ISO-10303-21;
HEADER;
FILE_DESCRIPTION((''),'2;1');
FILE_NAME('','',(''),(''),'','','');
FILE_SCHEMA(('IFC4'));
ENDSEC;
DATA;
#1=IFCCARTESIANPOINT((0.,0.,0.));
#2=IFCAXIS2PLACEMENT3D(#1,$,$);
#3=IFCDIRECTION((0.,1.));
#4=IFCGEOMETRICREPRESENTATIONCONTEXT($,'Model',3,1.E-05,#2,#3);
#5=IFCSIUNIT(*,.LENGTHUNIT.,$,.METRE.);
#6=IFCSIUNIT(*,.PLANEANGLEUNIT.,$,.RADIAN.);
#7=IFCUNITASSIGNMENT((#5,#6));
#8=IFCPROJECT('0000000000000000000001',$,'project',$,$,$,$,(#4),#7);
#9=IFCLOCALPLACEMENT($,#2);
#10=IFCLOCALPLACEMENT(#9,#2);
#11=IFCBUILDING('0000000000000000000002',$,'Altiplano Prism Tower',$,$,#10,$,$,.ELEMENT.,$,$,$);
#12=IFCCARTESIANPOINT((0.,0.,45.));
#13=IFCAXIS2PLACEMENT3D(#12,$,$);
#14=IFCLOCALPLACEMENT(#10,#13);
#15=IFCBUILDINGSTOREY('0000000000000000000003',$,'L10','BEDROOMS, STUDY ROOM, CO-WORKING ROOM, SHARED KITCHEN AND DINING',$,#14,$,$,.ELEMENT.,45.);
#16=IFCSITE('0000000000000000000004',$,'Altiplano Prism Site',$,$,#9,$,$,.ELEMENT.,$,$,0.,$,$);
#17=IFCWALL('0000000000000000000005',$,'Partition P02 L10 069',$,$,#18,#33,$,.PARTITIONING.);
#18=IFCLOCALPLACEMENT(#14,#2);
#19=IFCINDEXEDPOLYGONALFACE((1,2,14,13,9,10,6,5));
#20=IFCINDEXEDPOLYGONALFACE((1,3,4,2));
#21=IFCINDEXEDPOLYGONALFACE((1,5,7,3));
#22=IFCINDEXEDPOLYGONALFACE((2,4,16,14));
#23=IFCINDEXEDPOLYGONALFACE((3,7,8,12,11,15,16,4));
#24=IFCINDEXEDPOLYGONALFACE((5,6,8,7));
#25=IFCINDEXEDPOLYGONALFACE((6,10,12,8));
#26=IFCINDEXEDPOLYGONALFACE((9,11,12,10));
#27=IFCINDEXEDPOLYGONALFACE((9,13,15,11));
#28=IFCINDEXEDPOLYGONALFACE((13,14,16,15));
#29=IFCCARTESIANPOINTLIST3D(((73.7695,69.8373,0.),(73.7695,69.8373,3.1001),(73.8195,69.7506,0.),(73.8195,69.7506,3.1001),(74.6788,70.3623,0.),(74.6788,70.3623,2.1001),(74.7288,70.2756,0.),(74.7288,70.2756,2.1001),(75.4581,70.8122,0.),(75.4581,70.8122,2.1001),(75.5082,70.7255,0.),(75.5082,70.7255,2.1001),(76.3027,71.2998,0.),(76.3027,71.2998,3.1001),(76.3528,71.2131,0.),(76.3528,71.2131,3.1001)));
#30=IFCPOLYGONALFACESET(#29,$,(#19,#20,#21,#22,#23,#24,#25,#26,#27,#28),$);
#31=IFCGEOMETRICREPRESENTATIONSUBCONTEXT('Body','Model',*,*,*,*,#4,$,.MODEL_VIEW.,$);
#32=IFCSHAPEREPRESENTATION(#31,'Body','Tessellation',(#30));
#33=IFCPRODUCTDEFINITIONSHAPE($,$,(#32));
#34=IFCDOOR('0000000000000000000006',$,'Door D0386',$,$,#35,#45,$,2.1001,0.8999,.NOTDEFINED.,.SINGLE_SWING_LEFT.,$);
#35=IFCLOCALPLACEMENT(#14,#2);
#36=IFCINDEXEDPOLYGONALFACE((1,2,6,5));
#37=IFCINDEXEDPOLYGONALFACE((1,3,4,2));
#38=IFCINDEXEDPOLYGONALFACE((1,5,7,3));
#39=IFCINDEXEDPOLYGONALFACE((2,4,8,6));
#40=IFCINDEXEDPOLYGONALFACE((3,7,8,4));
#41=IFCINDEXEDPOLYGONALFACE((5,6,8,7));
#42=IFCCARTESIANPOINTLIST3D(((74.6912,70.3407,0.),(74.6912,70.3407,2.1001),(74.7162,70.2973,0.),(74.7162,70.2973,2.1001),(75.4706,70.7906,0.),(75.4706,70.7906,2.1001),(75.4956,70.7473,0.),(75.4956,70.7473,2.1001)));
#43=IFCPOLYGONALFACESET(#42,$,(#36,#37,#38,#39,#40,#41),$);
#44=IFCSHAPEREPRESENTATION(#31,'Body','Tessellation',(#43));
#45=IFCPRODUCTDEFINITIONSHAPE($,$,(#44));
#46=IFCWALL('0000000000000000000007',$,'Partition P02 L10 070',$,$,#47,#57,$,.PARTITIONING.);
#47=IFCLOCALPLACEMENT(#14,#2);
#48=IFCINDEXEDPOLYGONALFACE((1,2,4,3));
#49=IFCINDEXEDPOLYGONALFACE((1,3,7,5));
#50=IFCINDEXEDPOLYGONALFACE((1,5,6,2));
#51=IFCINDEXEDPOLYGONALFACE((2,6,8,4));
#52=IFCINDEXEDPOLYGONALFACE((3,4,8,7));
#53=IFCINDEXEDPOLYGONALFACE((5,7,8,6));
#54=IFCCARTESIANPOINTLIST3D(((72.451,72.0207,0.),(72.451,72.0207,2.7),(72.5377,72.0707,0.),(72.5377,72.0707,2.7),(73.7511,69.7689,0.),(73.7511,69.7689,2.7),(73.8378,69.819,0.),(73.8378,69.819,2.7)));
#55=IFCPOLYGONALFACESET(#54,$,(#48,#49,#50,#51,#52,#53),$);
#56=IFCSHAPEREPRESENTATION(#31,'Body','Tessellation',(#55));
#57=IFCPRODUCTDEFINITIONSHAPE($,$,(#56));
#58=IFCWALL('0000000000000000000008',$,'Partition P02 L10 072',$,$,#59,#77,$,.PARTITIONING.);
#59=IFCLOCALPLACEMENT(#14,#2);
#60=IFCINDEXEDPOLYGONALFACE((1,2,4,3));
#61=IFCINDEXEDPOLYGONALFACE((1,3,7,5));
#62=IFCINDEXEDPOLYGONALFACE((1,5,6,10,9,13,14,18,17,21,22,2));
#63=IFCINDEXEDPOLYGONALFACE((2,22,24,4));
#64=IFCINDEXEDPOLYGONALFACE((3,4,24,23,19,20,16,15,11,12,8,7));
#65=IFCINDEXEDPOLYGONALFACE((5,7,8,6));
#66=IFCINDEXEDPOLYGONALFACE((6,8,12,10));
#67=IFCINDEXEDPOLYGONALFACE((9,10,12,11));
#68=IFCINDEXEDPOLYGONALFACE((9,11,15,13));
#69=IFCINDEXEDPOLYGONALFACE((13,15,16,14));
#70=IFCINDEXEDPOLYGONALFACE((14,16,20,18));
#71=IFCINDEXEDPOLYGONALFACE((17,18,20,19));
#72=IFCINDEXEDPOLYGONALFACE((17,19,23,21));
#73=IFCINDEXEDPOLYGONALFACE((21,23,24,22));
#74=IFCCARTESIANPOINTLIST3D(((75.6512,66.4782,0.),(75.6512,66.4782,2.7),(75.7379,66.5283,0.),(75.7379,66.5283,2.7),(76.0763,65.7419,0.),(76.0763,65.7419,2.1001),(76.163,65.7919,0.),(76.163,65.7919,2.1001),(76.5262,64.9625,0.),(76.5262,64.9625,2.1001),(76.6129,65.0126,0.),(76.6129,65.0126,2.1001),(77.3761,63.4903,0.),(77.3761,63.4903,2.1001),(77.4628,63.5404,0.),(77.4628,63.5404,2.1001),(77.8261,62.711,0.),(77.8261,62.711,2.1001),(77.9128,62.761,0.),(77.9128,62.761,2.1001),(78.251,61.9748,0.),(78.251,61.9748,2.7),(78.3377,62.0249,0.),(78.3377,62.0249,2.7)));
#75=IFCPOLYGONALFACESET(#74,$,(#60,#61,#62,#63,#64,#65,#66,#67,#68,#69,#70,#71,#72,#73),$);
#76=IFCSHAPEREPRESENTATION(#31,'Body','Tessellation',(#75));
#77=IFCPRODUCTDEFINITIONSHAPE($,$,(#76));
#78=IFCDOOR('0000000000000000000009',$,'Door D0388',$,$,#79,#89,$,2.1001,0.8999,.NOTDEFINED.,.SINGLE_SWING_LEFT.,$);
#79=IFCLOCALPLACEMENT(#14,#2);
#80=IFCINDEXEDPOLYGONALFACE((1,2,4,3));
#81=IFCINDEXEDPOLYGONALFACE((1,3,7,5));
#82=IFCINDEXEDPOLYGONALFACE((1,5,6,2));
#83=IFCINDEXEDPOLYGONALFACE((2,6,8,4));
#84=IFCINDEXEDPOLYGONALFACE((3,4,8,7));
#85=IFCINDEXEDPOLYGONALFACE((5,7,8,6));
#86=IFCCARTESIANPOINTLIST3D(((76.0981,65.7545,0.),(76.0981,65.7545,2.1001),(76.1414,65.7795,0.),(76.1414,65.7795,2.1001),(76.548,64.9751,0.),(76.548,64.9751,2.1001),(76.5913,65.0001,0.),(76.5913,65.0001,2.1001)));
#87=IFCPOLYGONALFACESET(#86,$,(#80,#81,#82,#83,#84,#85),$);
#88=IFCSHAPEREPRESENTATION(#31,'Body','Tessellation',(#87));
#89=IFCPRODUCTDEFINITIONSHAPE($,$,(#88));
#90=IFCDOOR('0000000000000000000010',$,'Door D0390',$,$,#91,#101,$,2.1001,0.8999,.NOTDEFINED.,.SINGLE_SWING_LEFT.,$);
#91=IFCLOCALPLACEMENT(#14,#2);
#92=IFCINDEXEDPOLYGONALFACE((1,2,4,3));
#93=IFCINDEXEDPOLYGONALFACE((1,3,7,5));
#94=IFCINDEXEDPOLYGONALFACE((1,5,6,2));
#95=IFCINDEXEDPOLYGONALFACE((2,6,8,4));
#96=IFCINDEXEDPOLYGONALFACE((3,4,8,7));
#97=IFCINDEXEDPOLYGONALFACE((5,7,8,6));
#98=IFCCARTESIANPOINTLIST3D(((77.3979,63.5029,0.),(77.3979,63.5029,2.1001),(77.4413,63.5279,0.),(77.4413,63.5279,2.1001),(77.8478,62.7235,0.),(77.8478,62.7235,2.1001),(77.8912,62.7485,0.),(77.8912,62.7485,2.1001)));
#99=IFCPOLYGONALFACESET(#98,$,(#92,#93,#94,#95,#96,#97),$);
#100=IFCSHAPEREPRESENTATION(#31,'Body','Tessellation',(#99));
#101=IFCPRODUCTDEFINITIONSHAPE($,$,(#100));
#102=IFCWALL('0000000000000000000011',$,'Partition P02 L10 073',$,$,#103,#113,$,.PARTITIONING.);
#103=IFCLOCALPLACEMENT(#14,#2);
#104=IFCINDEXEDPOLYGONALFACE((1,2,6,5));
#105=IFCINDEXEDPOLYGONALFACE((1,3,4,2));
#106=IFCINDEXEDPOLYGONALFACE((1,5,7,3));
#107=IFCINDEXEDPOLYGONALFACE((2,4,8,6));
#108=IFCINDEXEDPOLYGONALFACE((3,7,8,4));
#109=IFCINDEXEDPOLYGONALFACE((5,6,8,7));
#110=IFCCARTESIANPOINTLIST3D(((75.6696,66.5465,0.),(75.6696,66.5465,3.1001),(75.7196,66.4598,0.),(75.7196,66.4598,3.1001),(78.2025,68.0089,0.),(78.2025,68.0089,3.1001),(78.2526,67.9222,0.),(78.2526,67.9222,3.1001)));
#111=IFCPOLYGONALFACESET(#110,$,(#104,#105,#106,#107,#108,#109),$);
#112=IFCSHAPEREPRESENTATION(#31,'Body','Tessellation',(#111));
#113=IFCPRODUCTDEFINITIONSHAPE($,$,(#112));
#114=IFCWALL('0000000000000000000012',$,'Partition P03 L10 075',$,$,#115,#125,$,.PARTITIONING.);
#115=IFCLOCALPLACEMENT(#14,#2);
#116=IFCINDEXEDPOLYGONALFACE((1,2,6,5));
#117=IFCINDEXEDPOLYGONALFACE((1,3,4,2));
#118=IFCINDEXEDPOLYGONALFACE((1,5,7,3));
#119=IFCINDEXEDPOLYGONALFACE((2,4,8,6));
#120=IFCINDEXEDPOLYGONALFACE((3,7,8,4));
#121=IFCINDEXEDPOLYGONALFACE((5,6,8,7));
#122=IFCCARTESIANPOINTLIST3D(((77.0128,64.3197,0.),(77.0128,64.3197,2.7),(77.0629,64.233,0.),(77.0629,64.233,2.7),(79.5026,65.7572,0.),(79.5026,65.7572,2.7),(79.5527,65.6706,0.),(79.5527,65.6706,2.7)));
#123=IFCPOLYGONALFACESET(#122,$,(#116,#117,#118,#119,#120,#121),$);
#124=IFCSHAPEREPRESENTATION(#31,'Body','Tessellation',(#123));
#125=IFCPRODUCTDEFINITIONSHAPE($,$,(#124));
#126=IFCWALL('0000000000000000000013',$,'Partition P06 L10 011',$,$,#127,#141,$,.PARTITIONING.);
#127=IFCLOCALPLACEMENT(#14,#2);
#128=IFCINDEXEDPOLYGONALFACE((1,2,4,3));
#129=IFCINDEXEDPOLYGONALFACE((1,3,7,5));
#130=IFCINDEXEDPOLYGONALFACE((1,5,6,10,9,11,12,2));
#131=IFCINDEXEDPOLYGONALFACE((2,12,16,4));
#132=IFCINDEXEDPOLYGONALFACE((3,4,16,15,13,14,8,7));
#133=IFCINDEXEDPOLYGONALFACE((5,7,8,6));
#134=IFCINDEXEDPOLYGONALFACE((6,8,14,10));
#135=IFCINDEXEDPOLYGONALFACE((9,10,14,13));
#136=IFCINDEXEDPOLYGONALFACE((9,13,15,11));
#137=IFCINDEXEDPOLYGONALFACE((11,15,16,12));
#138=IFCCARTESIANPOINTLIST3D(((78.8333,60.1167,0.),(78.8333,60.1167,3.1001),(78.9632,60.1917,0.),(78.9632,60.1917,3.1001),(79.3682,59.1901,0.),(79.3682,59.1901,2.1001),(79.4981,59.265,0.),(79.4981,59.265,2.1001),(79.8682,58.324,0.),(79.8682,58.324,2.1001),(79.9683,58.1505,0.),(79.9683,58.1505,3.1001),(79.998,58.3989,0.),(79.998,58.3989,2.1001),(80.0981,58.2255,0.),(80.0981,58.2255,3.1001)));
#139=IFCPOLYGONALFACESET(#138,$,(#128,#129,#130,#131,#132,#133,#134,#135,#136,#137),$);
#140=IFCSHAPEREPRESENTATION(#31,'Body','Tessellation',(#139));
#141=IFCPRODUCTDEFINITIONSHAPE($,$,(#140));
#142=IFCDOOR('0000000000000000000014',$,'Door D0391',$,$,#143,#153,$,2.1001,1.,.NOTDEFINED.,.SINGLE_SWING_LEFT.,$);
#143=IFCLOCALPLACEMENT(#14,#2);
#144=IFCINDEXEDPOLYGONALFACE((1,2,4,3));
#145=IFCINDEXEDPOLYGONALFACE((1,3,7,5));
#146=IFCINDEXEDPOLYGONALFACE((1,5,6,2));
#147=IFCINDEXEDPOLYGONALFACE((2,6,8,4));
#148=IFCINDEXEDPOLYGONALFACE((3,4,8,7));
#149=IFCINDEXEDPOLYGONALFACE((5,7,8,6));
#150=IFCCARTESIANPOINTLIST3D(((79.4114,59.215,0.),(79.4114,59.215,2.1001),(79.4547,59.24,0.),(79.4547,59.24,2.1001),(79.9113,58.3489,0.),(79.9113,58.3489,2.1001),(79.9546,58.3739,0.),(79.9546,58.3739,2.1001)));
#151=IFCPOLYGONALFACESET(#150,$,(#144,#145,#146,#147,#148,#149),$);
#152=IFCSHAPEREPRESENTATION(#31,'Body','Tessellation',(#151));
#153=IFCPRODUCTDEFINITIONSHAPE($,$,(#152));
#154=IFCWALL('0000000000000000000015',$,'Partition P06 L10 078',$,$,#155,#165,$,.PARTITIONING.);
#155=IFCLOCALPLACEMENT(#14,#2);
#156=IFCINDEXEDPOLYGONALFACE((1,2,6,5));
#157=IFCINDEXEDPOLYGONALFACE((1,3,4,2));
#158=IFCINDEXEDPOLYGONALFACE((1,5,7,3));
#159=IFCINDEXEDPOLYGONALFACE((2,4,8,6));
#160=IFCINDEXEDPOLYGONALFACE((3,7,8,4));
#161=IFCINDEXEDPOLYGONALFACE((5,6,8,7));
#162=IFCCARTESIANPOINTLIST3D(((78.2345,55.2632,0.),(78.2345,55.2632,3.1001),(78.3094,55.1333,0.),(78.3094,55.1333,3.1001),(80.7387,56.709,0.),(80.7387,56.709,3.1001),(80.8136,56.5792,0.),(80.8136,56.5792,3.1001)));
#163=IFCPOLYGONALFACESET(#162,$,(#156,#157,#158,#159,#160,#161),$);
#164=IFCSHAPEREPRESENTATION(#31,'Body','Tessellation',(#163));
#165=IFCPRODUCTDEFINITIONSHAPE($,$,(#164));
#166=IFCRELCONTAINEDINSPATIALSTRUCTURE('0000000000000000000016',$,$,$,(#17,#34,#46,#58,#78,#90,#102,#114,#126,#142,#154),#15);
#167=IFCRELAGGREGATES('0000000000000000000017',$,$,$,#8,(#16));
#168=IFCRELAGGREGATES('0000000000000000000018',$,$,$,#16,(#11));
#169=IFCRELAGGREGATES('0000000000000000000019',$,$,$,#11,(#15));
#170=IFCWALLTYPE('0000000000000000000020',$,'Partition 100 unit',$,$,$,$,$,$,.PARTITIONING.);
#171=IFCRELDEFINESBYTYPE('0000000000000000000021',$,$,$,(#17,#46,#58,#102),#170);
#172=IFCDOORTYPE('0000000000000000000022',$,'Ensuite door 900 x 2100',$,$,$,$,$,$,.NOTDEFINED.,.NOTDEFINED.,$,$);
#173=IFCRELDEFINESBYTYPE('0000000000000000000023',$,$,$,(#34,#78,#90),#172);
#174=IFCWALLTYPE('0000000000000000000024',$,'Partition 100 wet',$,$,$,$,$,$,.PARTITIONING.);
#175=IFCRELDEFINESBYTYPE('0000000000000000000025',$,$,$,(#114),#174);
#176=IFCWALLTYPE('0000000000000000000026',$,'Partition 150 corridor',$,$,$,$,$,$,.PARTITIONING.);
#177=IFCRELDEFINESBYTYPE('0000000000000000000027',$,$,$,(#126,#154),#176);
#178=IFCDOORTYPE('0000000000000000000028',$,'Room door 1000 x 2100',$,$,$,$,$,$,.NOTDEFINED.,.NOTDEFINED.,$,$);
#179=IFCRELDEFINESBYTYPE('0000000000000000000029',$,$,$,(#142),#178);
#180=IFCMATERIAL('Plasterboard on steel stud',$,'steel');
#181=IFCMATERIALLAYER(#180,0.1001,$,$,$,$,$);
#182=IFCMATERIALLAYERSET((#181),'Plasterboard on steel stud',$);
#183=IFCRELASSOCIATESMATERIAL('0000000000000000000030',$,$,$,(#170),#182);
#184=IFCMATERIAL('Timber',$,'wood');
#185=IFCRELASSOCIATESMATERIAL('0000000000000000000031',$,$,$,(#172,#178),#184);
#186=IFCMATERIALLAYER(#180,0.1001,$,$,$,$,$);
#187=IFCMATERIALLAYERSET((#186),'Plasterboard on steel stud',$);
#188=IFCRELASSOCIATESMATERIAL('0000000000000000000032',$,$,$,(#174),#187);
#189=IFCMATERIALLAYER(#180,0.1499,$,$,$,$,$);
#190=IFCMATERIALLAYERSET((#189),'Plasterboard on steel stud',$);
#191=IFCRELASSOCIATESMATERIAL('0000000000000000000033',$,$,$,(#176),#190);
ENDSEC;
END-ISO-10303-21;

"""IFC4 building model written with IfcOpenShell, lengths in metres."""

from ifc_helpers import new_model, si_unit, direction, frame, frame_2d, origin, place, context, subcontext, project, spatial, rectangle, extrude, material, layer, layer_set, type_object, element, fill, save


model = new_model("IFC4")

# Units and contexts
model_context = context("Model", 3, precision=1e-05, world=origin(), true_north=direction((0.0, 1.0)))
body_context = subcontext(model_context, "Body", "Model", "MODEL_VIEW")
ifc_project = project(units=[si_unit("LENGTHUNIT", "METRE"), si_unit("PLANEANGLEUNIT", "RADIAN")], contexts=[model_context])

# Site, building, storey
site_placement = place(None, origin())
site = spatial("IfcSite", under=ifc_project, at=site_placement, Name="Altiplano Prism Site", CompositionType="ELEMENT", RefElevation=0.0)
building_placement = place(site_placement, origin())
building = spatial("IfcBuilding", under=site, at=building_placement, Name="Altiplano Prism Tower", CompositionType="ELEMENT")
storey_placement = place(building_placement, frame((0.0, 0.0, 45.0)))
storey = spatial("IfcBuildingStorey", under=building, at=storey_placement, Name="L10", Description="BEDROOMS, STUDY ROOM, CO-WORKING ROOM, SHARED KITCHEN AND DINING", CompositionType="ELEMENT", Elevation=45.0)

# Shared definitions
ifc_material_1 = material(Name="Plasterboard on steel stud", Category="steel")
ifc_layer_1 = layer(ifc_material_1, 0.1001)
ifc_layer_set_1 = layer_set([ifc_layer_1], Name="Plasterboard on steel stud")
wall_type_1 = type_object("IfcWallType", Name="Partition 100 unit", PredefinedType="PARTITIONING", material=ifc_layer_set_1)

# Wall, opening, door
wall_1_placement = place(storey_placement, frame((76.3276, 71.2563, 0.0), z_axis=(0.0, 0.0, 1.0), x_axis=(-0.866047, -0.499963, 0.0)))
wall_1 = element("IfcWall", 1, at=wall_1_placement, inside=storey, type_object=wall_type_1, Name="Partition P02 L10 069", PredefinedType="PARTITIONING", context=body_context, shape_type="SweptSolid", body=[
    extrude(rectangle(XDim=2.925, YDim=0.1001, at=frame_2d((1.4624, 0.0))), origin(), (0.0, 0.0, 1.0), 3.1001),
])
opening_1_placement = place(wall_1_placement, frame((0.9751, 0.0, 0.0)))
opening_1 = element("IfcOpeningElement", 2, at=opening_1_placement, cuts=wall_1, PredefinedType="OPENING", context=body_context, shape_type="SweptSolid", body=[
    extrude(rectangle(XDim=0.8999, YDim=2.1001, at=frame_2d((0.45, 1.05))), frame((0.0, 0.0605, 0.0), z_axis=(0.0, -1.0, 0.0), x_axis=(1.0, 0.0, 0.0)), (0.0, 0.0, 1.0), 0.1211),
])
ifc_material_2 = material(Name="Timber", Category="wood")
door_type_1 = type_object("IfcDoorType", Name="Ensuite door 900 x 2100", OperationType="NOTDEFINED", PredefinedType="NOTDEFINED", material=ifc_material_2)
door_1_placement = place(opening_1_placement, origin())
door_1 = element("IfcDoor", 3, at=door_1_placement, inside=storey, type_object=door_type_1, Name="Door D0386", OperationType="SINGLE_SWING_LEFT", OverallHeight=2.1001, OverallWidth=0.8999, PredefinedType="NOTDEFINED", context=body_context, shape_type="SweptSolid", body=[
    extrude(rectangle(XDim=0.8999, YDim=2.1001, at=frame_2d((0.45, 1.05))), frame((0.0, 0.0249, 0.0), z_axis=(0.0, -1.0, 0.0), x_axis=(1.0, 0.0, 0.0)), (0.0, 0.0, 1.0), 0.05),
])
fill(opening_1, door_1)

# Wall
wall_2_placement = place(storey_placement, frame((73.7944, 69.7939, 0.0), z_axis=(0.0, 0.0, 1.0), x_axis=(-0.500007, 0.866021, 0.0)))
element("IfcWall", 4, at=wall_2_placement, inside=storey, type_object=wall_type_1, Name="Partition P02 L10 070", PredefinedType="PARTITIONING", context=body_context, shape_type="SweptSolid", body=[
    extrude(rectangle(XDim=2.6001, YDim=0.1001, at=frame_2d((1.3, 0.0))), origin(), (0.0, 0.0, 1.0), 2.7),
])

# Wall, openings, doors
wall_3_placement = place(storey_placement, frame((78.2944, 61.9998, 0.0), z_axis=(0.0, 0.0, 1.0), x_axis=(-0.499972, 0.866042, 0.0)))
wall_3 = element("IfcWall", 5, at=wall_3_placement, inside=storey, type_object=wall_type_1, Name="Partition P02 L10 072", PredefinedType="PARTITIONING", context=body_context, shape_type="SweptSolid", body=[
    extrude(rectangle(XDim=5.2, YDim=0.1001, at=frame_2d((2.6001, 0.0))), origin(), (0.0, 0.0, 1.0), 2.7),
])
opening_2_placement = place(wall_3_placement, frame((3.45, 0.0, 0.0)))
opening_2 = element("IfcOpeningElement", 6, at=opening_2_placement, cuts=wall_3, PredefinedType="OPENING", context=body_context, shape_type="SweptSolid", body=[
    extrude(rectangle(XDim=0.8999, YDim=2.1001, at=frame_2d((0.45, 1.05))), frame((0.0, 0.0605, 0.0), z_axis=(0.0, -1.0, 0.0), x_axis=(1.0, 0.0, 0.0)), (0.0, 0.0, 1.0), 0.1211),
])
opening_3_placement = place(wall_3_placement, frame((0.8501, 0.0, 0.0)))
opening_3 = element("IfcOpeningElement", 7, at=opening_3_placement, cuts=wall_3, PredefinedType="OPENING", context=body_context, shape_type="SweptSolid", body=[
    extrude(rectangle(XDim=0.8999, YDim=2.1001, at=frame_2d((0.45, 1.05))), frame((0.0, 0.0605, 0.0), z_axis=(0.0, -1.0, 0.0), x_axis=(1.0, 0.0, 0.0)), (0.0, 0.0, 1.0), 0.1211),
])
door_2_placement = place(opening_2_placement, origin())
door_2 = element("IfcDoor", 8, at=door_2_placement, inside=storey, type_object=door_type_1, Name="Door D0388", OperationType="SINGLE_SWING_LEFT", OverallHeight=2.1001, OverallWidth=0.8999, PredefinedType="NOTDEFINED", context=body_context, shape_type="SweptSolid", body=[
    extrude(rectangle(XDim=0.8999, YDim=2.1001, at=frame_2d((0.45, 1.05))), frame((0.0, 0.0249, 0.0), z_axis=(0.0, -1.0, 0.0), x_axis=(1.0, 0.0, 0.0)), (0.0, 0.0, 1.0), 0.05),
])
fill(opening_2, door_2)
door_3_placement = place(opening_3_placement, origin())
door_3 = element("IfcDoor", 9, at=door_3_placement, inside=storey, type_object=door_type_1, Name="Door D0390", OperationType="SINGLE_SWING_LEFT", OverallHeight=2.1001, OverallWidth=0.8999, PredefinedType="NOTDEFINED", context=body_context, shape_type="SweptSolid", body=[
    extrude(rectangle(XDim=0.8999, YDim=2.1001, at=frame_2d((0.45, 1.05))), frame((0.0, 0.0249, 0.0), z_axis=(0.0, -1.0, 0.0), x_axis=(1.0, 0.0, 0.0)), (0.0, 0.0, 1.0), 0.05),
])
fill(opening_3, door_3)

# Walls
wall_4_placement = place(storey_placement, frame((75.6946, 66.5032, 0.0), z_axis=(0.0, 0.0, 1.0), x_axis=(0.866026, 0.499999, 0.0)))
element("IfcWall", 10, at=wall_4_placement, inside=storey, type_object=wall_type_1, Name="Partition P02 L10 073", PredefinedType="PARTITIONING", context=body_context, shape_type="SweptSolid", body=[
    extrude(rectangle(XDim=2.9248, YDim=0.1001, at=frame_2d((1.4624, 0.0))), origin(), (0.0, 0.0, 1.0), 3.1001),
])
ifc_layer_2 = layer(ifc_material_1, 0.1001)
ifc_layer_set_2 = layer_set([ifc_layer_2], Name="Plasterboard on steel stud")
wall_type_2 = type_object("IfcWallType", Name="Partition 100 wet", PredefinedType="PARTITIONING", material=ifc_layer_set_2)
wall_5_placement = place(storey_placement, frame((77.0378, 64.2764, 0.0), z_axis=(0.0, 0.0, 1.0), x_axis=(0.866019, 0.500012, 0.0)))
element("IfcWall", 11, at=wall_5_placement, inside=storey, type_object=wall_type_2, Name="Partition P03 L10 075", PredefinedType="PARTITIONING", context=body_context, shape_type="SweptSolid", body=[
    extrude(rectangle(XDim=2.875, YDim=0.1001, at=frame_2d((1.4375, 0.0))), origin(), (0.0, 0.0, 1.0), 2.7),
])

# Wall, opening, door
ifc_layer_3 = layer(ifc_material_1, 0.1499)
ifc_layer_set_3 = layer_set([ifc_layer_3], Name="Plasterboard on steel stud")
wall_type_3 = type_object("IfcWallType", Name="Partition 150 corridor", PredefinedType="PARTITIONING", material=ifc_layer_set_3)
wall_6_placement = place(storey_placement, frame((78.8982, 60.1543, 0.0), z_axis=(0.0, 0.0, 1.0), x_axis=(0.499921, -0.866071, 0.0)))
wall_6 = element("IfcWall", 12, at=wall_6_placement, inside=storey, type_object=wall_type_3, Name="Partition P06 L10 011", PredefinedType="PARTITIONING", context=body_context, shape_type="SweptSolid", body=[
    extrude(rectangle(XDim=2.2703, YDim=0.1499, at=frame_2d((1.1353, 0.0))), origin(), (0.0, 0.0, 1.0), 3.1001),
])
opening_4_placement = place(wall_6_placement, frame((1.0701, 0.0, 0.0)))
opening_4 = element("IfcOpeningElement", 13, at=opening_4_placement, cuts=wall_6, PredefinedType="OPENING", context=body_context, shape_type="SweptSolid", body=[
    extrude(rectangle(XDim=1.0, YDim=2.1001, at=frame_2d((0.5, 1.05))), frame((0.0, 0.0854, 0.0), z_axis=(0.0, -1.0, 0.0), x_axis=(1.0, 0.0, 0.0)), (0.0, 0.0, 1.0), 0.1709),
])
door_type_2 = type_object("IfcDoorType", Name="Room door 1000 x 2100", OperationType="NOTDEFINED", PredefinedType="NOTDEFINED", material=ifc_material_2)
door_4_placement = place(opening_4_placement, origin())
door_4 = element("IfcDoor", 14, at=door_4_placement, inside=storey, type_object=door_type_2, Name="Door D0391", OperationType="SINGLE_SWING_LEFT", OverallHeight=2.1001, OverallWidth=1.0, PredefinedType="NOTDEFINED", context=body_context, shape_type="SweptSolid", body=[
    extrude(rectangle(XDim=1.0, YDim=2.1001, at=frame_2d((0.5, 1.05))), frame((0.0, 0.0249, 0.0), z_axis=(0.0, -1.0, 0.0), x_axis=(1.0, 0.0, 0.0)), (0.0, 0.0, 1.0), 0.05),
])
fill(opening_4, door_4)

# Wall
wall_7_placement = place(storey_placement, frame((78.272, 55.1982, 0.0), z_axis=(0.0, 0.0, 1.0), x_axis=(0.866021, 0.500007, 0.0)))
element("IfcWall", 15, at=wall_7_placement, inside=storey, type_object=wall_type_3, Name="Partition P06 L10 078", PredefinedType="PARTITIONING", context=body_context, shape_type="SweptSolid", body=[
    extrude(rectangle(XDim=2.8916, YDim=0.1499, at=frame_2d((1.4458, 0.0))), origin(), (0.0, 0.0, 1.0), 3.1001),
])

save(model, "model.ifc")
